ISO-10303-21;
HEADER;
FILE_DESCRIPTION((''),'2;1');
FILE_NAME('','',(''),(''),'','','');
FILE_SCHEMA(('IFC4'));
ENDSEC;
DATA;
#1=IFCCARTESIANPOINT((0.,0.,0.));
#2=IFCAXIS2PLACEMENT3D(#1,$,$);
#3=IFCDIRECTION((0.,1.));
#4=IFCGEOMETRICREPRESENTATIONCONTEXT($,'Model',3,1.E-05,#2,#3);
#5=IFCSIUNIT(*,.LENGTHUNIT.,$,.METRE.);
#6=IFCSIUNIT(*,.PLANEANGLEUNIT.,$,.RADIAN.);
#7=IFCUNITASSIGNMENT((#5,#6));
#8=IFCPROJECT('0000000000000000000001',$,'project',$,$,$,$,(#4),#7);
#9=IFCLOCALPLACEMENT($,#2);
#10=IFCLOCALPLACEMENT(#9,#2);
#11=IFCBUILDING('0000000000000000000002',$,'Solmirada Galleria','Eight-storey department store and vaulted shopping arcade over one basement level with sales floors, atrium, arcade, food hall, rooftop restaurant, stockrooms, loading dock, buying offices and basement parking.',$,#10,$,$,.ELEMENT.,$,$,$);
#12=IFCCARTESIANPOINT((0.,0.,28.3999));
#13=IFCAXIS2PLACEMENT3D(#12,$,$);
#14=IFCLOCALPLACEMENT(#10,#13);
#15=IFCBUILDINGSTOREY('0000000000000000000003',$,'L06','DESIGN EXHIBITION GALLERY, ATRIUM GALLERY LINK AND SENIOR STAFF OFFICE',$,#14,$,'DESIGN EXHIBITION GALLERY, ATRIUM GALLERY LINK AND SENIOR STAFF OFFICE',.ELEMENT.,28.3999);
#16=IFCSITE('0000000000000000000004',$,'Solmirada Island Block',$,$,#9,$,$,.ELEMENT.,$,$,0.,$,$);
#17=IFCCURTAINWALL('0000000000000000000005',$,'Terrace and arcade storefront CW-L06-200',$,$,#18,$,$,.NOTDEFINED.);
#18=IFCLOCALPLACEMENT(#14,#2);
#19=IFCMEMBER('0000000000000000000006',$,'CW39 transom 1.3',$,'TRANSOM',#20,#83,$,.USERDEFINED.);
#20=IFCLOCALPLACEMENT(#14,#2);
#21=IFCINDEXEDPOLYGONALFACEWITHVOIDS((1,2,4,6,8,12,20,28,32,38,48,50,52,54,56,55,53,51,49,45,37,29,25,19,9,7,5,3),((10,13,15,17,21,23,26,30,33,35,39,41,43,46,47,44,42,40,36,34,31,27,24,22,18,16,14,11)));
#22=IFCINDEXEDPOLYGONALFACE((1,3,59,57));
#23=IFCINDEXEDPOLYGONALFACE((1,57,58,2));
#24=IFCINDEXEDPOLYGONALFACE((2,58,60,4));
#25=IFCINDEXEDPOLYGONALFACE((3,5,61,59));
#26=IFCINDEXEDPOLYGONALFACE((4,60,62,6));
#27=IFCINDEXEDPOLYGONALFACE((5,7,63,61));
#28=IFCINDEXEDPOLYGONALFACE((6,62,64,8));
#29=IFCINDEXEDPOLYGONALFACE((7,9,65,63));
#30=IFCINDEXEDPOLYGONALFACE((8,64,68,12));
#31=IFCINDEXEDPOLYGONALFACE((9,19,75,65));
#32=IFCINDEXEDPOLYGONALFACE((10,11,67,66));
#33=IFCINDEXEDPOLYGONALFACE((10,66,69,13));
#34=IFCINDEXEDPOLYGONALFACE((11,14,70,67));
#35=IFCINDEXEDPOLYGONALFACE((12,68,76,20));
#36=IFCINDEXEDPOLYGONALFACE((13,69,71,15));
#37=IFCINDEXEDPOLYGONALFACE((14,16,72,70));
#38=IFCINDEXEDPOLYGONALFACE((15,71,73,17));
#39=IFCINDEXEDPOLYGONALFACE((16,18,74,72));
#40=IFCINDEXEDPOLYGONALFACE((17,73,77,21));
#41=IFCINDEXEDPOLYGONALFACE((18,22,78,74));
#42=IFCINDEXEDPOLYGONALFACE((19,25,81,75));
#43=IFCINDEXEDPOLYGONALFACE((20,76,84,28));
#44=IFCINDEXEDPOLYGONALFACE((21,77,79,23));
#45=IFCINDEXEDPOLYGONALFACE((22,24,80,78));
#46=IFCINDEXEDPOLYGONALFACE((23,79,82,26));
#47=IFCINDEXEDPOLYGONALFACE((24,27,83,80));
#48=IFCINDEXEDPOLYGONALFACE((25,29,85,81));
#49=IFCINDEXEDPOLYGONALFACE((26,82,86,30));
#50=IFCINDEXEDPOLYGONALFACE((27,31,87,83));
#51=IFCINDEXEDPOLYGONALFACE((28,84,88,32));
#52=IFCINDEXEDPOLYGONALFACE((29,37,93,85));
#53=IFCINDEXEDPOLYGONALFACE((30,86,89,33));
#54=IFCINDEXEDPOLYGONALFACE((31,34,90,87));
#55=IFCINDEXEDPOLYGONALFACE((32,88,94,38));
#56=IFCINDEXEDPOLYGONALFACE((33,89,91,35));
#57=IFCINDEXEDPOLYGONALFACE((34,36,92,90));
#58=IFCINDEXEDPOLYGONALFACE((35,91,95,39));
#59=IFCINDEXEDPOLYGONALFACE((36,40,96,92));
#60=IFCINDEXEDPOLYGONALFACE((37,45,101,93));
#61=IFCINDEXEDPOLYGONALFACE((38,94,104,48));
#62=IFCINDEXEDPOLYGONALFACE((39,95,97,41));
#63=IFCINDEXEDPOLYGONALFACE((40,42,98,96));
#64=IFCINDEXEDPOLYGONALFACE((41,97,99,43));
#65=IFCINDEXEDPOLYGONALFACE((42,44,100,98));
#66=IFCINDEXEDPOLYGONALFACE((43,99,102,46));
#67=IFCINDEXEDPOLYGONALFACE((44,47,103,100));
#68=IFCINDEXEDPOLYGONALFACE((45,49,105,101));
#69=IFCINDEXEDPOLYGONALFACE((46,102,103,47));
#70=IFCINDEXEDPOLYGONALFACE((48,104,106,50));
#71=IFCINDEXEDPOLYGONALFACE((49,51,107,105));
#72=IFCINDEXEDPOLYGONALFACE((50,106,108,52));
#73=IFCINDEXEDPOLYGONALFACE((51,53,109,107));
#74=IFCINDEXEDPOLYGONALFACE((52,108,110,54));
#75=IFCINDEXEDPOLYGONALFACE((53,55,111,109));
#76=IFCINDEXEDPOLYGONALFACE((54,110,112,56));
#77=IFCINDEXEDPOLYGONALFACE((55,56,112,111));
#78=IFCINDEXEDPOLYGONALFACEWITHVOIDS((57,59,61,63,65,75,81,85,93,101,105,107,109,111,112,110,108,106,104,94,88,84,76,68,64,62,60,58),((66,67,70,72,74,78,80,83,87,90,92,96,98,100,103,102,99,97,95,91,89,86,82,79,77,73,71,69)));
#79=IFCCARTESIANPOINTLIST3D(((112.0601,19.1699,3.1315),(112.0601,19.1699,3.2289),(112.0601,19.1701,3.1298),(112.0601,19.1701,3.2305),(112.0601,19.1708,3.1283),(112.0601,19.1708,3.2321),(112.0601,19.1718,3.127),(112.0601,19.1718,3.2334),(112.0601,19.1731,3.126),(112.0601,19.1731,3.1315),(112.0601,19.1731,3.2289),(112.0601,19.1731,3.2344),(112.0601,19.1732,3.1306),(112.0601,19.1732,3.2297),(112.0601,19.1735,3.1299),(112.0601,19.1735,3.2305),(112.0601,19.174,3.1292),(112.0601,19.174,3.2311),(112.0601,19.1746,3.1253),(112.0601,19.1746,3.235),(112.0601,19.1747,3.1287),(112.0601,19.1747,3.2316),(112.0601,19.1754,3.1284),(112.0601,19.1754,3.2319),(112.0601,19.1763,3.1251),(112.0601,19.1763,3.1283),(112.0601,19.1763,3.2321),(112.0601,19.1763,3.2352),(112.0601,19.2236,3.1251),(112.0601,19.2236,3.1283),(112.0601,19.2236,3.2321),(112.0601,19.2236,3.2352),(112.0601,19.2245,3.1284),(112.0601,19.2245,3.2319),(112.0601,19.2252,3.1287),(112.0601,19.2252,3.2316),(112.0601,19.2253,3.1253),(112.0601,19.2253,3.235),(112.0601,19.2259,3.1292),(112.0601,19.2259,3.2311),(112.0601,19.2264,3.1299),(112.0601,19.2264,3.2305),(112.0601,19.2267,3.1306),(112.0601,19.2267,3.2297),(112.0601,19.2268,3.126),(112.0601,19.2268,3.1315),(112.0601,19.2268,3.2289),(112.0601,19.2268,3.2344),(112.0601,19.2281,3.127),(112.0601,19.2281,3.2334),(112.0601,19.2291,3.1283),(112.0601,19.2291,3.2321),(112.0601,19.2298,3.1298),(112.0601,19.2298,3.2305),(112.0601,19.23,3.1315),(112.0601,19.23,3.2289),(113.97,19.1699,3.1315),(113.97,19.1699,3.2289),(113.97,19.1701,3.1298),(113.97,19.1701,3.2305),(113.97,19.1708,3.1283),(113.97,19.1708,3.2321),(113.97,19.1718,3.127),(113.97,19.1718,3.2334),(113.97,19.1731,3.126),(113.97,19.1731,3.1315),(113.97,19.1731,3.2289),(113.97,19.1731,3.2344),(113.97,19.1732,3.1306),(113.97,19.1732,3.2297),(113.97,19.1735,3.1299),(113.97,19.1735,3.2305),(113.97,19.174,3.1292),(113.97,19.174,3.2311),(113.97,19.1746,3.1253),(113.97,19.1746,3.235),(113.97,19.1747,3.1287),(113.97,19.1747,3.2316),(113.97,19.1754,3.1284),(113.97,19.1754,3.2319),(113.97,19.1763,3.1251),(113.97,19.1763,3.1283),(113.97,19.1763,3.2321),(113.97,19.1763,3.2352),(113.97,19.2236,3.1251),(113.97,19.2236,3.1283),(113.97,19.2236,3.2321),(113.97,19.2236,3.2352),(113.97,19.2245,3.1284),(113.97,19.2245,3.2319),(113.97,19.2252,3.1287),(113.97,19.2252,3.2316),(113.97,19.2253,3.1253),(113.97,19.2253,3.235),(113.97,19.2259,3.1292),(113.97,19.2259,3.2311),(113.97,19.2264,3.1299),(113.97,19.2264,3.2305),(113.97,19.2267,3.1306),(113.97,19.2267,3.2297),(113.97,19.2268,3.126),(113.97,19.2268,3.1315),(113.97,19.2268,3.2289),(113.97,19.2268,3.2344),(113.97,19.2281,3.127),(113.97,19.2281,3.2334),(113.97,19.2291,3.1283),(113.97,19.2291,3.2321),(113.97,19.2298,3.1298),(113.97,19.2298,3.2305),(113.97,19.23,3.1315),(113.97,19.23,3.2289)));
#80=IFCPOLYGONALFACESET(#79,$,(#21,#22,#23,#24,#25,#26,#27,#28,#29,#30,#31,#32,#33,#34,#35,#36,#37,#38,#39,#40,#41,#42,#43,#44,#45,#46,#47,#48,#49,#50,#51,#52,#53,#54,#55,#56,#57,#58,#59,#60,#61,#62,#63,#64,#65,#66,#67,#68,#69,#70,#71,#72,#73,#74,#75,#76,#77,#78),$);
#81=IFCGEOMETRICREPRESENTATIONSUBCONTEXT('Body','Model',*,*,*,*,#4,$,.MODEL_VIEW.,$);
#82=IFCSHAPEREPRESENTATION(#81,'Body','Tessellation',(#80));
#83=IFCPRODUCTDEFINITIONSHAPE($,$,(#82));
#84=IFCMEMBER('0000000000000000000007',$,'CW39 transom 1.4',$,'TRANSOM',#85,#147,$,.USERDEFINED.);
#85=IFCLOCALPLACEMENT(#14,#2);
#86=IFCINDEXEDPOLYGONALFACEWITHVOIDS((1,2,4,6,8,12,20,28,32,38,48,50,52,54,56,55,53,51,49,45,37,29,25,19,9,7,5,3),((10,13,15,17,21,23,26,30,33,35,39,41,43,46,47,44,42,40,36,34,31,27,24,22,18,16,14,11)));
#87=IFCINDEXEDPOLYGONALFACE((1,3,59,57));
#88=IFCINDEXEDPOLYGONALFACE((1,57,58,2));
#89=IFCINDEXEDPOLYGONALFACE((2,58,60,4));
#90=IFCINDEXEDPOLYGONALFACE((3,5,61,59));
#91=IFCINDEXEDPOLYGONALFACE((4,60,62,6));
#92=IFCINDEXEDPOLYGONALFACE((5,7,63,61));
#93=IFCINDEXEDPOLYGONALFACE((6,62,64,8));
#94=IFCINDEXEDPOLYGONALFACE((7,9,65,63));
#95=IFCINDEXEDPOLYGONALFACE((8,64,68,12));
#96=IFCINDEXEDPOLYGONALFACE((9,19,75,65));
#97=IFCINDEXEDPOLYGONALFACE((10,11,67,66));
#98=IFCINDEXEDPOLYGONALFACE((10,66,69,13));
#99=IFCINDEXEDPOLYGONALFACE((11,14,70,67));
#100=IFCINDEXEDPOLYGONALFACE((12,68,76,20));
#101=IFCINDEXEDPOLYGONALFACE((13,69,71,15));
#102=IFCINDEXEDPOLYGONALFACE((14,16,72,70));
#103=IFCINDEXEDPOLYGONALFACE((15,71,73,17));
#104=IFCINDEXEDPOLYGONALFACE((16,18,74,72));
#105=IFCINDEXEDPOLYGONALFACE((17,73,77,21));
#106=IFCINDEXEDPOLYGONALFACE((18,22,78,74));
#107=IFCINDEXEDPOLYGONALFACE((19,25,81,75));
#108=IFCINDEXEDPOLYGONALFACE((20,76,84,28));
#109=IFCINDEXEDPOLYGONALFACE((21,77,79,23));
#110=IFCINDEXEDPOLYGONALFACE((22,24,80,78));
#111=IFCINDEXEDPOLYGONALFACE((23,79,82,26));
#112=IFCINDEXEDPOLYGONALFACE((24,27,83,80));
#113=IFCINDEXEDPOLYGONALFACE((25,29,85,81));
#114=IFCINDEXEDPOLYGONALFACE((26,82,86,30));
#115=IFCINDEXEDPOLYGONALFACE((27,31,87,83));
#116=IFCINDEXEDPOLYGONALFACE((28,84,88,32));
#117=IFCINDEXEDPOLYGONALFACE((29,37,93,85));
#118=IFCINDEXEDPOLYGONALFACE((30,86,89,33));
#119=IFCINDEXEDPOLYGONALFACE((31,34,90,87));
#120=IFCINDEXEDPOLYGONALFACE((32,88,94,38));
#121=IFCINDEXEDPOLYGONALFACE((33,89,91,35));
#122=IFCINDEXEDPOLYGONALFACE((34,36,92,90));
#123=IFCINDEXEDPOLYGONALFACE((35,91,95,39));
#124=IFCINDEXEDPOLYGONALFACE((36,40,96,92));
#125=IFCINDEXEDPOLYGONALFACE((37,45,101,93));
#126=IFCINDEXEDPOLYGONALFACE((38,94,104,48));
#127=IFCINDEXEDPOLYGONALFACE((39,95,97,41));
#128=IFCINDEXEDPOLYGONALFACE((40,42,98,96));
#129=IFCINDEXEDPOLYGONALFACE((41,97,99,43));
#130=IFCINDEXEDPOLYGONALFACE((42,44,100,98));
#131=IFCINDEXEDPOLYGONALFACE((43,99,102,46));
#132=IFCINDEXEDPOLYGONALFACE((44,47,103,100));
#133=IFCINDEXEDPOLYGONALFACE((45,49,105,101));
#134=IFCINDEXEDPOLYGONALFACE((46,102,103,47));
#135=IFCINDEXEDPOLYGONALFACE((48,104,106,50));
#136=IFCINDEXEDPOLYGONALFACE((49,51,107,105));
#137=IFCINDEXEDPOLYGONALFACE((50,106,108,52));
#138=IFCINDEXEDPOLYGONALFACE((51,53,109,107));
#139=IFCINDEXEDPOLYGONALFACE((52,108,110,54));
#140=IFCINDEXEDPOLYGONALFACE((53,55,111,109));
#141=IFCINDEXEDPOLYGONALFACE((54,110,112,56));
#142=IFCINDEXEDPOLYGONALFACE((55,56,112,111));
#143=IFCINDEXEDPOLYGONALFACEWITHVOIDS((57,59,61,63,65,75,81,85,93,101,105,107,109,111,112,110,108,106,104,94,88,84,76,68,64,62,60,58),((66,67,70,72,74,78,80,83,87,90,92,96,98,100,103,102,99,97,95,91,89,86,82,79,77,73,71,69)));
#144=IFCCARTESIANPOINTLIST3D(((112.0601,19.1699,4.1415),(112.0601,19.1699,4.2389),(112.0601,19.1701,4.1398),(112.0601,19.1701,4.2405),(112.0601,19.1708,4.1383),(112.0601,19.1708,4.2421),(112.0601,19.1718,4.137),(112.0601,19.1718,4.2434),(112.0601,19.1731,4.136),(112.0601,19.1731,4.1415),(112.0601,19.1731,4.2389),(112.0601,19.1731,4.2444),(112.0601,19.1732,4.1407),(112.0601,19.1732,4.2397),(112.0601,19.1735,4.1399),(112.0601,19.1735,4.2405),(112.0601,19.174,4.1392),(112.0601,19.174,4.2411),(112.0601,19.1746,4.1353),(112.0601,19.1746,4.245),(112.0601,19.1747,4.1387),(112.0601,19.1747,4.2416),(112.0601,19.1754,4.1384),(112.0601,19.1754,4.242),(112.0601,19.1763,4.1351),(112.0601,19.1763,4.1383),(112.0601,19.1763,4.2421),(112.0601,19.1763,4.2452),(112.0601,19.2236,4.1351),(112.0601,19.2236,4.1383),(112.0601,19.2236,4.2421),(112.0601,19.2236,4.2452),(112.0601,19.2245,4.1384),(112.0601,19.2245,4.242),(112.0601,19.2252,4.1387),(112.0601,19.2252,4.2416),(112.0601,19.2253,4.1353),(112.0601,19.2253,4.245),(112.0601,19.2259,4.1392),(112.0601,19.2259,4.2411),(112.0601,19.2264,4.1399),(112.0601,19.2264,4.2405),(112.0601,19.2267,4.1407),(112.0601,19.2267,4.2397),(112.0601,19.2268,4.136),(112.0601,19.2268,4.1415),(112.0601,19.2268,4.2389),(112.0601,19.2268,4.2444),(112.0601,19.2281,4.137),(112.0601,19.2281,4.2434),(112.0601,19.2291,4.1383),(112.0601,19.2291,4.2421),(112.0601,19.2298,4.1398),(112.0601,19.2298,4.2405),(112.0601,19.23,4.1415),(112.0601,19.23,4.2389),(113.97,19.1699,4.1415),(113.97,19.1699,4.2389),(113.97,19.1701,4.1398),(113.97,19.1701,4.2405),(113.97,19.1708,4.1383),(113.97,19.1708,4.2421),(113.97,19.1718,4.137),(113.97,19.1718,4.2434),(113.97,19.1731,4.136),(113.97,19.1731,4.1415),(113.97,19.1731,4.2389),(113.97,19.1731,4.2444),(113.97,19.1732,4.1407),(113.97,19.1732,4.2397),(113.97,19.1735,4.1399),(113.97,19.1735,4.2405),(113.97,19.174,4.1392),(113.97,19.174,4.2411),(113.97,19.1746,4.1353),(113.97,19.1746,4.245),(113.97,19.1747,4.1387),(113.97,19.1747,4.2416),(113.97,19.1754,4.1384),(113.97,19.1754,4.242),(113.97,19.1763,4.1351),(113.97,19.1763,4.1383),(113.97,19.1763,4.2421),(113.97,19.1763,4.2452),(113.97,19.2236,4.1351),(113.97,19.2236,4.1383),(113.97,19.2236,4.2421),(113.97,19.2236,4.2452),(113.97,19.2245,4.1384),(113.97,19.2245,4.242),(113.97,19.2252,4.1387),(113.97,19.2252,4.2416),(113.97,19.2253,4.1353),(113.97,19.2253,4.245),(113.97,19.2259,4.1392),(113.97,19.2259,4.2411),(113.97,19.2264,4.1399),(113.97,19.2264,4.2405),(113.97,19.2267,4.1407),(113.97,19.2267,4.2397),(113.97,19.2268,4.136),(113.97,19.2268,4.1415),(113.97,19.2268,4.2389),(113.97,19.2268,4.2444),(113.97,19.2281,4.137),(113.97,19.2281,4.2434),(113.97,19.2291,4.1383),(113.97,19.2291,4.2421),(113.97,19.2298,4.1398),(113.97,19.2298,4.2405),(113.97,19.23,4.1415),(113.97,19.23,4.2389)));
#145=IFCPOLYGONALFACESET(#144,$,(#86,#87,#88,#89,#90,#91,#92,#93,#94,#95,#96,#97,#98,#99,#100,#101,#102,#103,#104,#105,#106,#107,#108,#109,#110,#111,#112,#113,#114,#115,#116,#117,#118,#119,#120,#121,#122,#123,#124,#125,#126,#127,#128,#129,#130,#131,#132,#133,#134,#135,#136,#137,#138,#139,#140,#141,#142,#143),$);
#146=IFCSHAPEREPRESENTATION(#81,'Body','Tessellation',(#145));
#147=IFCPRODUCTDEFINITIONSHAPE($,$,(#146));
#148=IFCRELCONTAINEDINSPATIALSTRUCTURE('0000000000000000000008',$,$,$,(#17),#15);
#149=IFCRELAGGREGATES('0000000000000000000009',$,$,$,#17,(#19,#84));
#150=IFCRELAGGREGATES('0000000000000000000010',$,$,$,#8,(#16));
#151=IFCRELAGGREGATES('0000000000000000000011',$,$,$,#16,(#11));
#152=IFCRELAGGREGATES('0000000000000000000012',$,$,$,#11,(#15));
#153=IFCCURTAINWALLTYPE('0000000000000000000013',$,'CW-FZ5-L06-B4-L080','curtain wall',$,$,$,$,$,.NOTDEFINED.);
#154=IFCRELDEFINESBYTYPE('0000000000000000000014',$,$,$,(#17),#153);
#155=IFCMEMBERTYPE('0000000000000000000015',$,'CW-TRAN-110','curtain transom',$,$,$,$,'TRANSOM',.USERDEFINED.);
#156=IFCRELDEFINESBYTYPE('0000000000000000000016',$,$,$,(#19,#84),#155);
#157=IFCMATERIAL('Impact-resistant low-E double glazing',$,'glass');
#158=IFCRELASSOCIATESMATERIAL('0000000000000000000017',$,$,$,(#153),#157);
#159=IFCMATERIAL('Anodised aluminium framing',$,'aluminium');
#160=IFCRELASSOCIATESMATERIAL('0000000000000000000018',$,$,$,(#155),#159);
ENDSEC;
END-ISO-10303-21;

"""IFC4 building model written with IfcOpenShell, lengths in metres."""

from ifc_helpers import new_model, si_unit, direction, frame, origin, origin_2d, place, context, subcontext, project, spatial, hollow_rectangle, extrude, material, material_profile, profile_set, type_object, element, aggregate, save


model = new_model("IFC4")

# Units and contexts
model_context = context("Model", 3, precision=1e-05, world=origin(), true_north=direction((0.0, 1.0)))
body_context = subcontext(model_context, "Body", "Model", "MODEL_VIEW")
ifc_project = project(units=[si_unit("LENGTHUNIT", "METRE"), si_unit("PLANEANGLEUNIT", "RADIAN")], contexts=[model_context])

# Site, building, storey
site_placement = place(None, origin())
site = spatial("IfcSite", under=ifc_project, at=site_placement, Name="Solmirada Island Block", CompositionType="ELEMENT", RefElevation=0.0)
building_placement = place(site_placement, origin())
building = spatial("IfcBuilding", under=site, at=building_placement, Name="Solmirada Galleria", Description="Eight-storey department store and vaulted shopping arcade over one basement level with sales floors, atrium, arcade, food hall, rooftop restaurant, stockrooms, loading dock, buying offices and basement parking.", CompositionType="ELEMENT")
storey_placement = place(building_placement, frame((0.0, 0.0, 28.3999)))
storey = spatial("IfcBuildingStorey", under=building, at=storey_placement, Name="L06", Description="DESIGN EXHIBITION GALLERY, ATRIUM GALLERY LINK AND SENIOR STAFF OFFICE", LongName="DESIGN EXHIBITION GALLERY, ATRIUM GALLERY LINK AND SENIOR STAFF OFFICE", CompositionType="ELEMENT", Elevation=28.3999)

# Curtain wall, members
ifc_material_1 = material(Name="Impact-resistant low-E double glazing", Category="glass")
curtain_wall_type = type_object("IfcCurtainWallType", Name="CW-FZ5-L06-B4-L080", Description="curtain wall", PredefinedType="NOTDEFINED", material=ifc_material_1)
curtain_wall_placement = place(storey_placement, origin())
curtain_wall = element("IfcCurtainWall", 1, at=curtain_wall_placement, inside=storey, type_object=curtain_wall_type, Name="Terrace and arcade storefront CW-L06-200", PredefinedType="NOTDEFINED")
ifc_material_2 = material(Name="Anodised aluminium framing", Category="aluminium")
ifc_material_profile_1 = material_profile(ifc_material_2, hollow_rectangle(XDim=0.0601, YDim=0.1101, WallThickness=0.0032, InnerFilletRadius=0.0032, OuterFilletRadius=0.0063, at=origin_2d()), Name="ALU-TRAN-110X60")
ifc_profile_set_1 = profile_set([ifc_material_profile_1], Name="Anodised aluminium framing")
member_type_1 = type_object("IfcMemberType", Name="CW-TRAN-110", Description="curtain transom", ElementType="TRANSOM", PredefinedType="USERDEFINED", material=ifc_profile_set_1)
member_1_placement = place(storey_placement, frame((112.0601, 19.2, 3.1802), z_axis=(1.0, 0.0, 0.0), x_axis=(0.0, 1.0, 0.0)))
member_1 = element("IfcMember", 2, at=member_1_placement, type_object=member_type_1, Name="CW39 transom 1.3", ObjectType="TRANSOM", PredefinedType="USERDEFINED", context=body_context, shape_type="SweptSolid", body=[
    extrude(hollow_rectangle(XDim=0.0601, YDim=0.1101, WallThickness=0.0032, InnerFilletRadius=0.0032, OuterFilletRadius=0.0063, at=origin_2d()), origin(), (0.0, 0.0, 1.0), 1.9099),
])
member_2_placement = place(storey_placement, frame((112.0601, 19.2, 4.1902), z_axis=(1.0, 0.0, 0.0), x_axis=(0.0, 1.0, 0.0)))
member_2 = element("IfcMember", 3, at=member_2_placement, type_object=member_type_1, Name="CW39 transom 1.4", ObjectType="TRANSOM", PredefinedType="USERDEFINED", context=body_context, shape_type="SweptSolid", body=[
    extrude(hollow_rectangle(XDim=0.0601, YDim=0.1101, WallThickness=0.0032, InnerFilletRadius=0.0032, OuterFilletRadius=0.0063, at=origin_2d()), origin(), (0.0, 0.0, 1.0), 1.9099),
])
aggregate(curtain_wall, [member_1, member_2])

save(model, "model.ifc")
